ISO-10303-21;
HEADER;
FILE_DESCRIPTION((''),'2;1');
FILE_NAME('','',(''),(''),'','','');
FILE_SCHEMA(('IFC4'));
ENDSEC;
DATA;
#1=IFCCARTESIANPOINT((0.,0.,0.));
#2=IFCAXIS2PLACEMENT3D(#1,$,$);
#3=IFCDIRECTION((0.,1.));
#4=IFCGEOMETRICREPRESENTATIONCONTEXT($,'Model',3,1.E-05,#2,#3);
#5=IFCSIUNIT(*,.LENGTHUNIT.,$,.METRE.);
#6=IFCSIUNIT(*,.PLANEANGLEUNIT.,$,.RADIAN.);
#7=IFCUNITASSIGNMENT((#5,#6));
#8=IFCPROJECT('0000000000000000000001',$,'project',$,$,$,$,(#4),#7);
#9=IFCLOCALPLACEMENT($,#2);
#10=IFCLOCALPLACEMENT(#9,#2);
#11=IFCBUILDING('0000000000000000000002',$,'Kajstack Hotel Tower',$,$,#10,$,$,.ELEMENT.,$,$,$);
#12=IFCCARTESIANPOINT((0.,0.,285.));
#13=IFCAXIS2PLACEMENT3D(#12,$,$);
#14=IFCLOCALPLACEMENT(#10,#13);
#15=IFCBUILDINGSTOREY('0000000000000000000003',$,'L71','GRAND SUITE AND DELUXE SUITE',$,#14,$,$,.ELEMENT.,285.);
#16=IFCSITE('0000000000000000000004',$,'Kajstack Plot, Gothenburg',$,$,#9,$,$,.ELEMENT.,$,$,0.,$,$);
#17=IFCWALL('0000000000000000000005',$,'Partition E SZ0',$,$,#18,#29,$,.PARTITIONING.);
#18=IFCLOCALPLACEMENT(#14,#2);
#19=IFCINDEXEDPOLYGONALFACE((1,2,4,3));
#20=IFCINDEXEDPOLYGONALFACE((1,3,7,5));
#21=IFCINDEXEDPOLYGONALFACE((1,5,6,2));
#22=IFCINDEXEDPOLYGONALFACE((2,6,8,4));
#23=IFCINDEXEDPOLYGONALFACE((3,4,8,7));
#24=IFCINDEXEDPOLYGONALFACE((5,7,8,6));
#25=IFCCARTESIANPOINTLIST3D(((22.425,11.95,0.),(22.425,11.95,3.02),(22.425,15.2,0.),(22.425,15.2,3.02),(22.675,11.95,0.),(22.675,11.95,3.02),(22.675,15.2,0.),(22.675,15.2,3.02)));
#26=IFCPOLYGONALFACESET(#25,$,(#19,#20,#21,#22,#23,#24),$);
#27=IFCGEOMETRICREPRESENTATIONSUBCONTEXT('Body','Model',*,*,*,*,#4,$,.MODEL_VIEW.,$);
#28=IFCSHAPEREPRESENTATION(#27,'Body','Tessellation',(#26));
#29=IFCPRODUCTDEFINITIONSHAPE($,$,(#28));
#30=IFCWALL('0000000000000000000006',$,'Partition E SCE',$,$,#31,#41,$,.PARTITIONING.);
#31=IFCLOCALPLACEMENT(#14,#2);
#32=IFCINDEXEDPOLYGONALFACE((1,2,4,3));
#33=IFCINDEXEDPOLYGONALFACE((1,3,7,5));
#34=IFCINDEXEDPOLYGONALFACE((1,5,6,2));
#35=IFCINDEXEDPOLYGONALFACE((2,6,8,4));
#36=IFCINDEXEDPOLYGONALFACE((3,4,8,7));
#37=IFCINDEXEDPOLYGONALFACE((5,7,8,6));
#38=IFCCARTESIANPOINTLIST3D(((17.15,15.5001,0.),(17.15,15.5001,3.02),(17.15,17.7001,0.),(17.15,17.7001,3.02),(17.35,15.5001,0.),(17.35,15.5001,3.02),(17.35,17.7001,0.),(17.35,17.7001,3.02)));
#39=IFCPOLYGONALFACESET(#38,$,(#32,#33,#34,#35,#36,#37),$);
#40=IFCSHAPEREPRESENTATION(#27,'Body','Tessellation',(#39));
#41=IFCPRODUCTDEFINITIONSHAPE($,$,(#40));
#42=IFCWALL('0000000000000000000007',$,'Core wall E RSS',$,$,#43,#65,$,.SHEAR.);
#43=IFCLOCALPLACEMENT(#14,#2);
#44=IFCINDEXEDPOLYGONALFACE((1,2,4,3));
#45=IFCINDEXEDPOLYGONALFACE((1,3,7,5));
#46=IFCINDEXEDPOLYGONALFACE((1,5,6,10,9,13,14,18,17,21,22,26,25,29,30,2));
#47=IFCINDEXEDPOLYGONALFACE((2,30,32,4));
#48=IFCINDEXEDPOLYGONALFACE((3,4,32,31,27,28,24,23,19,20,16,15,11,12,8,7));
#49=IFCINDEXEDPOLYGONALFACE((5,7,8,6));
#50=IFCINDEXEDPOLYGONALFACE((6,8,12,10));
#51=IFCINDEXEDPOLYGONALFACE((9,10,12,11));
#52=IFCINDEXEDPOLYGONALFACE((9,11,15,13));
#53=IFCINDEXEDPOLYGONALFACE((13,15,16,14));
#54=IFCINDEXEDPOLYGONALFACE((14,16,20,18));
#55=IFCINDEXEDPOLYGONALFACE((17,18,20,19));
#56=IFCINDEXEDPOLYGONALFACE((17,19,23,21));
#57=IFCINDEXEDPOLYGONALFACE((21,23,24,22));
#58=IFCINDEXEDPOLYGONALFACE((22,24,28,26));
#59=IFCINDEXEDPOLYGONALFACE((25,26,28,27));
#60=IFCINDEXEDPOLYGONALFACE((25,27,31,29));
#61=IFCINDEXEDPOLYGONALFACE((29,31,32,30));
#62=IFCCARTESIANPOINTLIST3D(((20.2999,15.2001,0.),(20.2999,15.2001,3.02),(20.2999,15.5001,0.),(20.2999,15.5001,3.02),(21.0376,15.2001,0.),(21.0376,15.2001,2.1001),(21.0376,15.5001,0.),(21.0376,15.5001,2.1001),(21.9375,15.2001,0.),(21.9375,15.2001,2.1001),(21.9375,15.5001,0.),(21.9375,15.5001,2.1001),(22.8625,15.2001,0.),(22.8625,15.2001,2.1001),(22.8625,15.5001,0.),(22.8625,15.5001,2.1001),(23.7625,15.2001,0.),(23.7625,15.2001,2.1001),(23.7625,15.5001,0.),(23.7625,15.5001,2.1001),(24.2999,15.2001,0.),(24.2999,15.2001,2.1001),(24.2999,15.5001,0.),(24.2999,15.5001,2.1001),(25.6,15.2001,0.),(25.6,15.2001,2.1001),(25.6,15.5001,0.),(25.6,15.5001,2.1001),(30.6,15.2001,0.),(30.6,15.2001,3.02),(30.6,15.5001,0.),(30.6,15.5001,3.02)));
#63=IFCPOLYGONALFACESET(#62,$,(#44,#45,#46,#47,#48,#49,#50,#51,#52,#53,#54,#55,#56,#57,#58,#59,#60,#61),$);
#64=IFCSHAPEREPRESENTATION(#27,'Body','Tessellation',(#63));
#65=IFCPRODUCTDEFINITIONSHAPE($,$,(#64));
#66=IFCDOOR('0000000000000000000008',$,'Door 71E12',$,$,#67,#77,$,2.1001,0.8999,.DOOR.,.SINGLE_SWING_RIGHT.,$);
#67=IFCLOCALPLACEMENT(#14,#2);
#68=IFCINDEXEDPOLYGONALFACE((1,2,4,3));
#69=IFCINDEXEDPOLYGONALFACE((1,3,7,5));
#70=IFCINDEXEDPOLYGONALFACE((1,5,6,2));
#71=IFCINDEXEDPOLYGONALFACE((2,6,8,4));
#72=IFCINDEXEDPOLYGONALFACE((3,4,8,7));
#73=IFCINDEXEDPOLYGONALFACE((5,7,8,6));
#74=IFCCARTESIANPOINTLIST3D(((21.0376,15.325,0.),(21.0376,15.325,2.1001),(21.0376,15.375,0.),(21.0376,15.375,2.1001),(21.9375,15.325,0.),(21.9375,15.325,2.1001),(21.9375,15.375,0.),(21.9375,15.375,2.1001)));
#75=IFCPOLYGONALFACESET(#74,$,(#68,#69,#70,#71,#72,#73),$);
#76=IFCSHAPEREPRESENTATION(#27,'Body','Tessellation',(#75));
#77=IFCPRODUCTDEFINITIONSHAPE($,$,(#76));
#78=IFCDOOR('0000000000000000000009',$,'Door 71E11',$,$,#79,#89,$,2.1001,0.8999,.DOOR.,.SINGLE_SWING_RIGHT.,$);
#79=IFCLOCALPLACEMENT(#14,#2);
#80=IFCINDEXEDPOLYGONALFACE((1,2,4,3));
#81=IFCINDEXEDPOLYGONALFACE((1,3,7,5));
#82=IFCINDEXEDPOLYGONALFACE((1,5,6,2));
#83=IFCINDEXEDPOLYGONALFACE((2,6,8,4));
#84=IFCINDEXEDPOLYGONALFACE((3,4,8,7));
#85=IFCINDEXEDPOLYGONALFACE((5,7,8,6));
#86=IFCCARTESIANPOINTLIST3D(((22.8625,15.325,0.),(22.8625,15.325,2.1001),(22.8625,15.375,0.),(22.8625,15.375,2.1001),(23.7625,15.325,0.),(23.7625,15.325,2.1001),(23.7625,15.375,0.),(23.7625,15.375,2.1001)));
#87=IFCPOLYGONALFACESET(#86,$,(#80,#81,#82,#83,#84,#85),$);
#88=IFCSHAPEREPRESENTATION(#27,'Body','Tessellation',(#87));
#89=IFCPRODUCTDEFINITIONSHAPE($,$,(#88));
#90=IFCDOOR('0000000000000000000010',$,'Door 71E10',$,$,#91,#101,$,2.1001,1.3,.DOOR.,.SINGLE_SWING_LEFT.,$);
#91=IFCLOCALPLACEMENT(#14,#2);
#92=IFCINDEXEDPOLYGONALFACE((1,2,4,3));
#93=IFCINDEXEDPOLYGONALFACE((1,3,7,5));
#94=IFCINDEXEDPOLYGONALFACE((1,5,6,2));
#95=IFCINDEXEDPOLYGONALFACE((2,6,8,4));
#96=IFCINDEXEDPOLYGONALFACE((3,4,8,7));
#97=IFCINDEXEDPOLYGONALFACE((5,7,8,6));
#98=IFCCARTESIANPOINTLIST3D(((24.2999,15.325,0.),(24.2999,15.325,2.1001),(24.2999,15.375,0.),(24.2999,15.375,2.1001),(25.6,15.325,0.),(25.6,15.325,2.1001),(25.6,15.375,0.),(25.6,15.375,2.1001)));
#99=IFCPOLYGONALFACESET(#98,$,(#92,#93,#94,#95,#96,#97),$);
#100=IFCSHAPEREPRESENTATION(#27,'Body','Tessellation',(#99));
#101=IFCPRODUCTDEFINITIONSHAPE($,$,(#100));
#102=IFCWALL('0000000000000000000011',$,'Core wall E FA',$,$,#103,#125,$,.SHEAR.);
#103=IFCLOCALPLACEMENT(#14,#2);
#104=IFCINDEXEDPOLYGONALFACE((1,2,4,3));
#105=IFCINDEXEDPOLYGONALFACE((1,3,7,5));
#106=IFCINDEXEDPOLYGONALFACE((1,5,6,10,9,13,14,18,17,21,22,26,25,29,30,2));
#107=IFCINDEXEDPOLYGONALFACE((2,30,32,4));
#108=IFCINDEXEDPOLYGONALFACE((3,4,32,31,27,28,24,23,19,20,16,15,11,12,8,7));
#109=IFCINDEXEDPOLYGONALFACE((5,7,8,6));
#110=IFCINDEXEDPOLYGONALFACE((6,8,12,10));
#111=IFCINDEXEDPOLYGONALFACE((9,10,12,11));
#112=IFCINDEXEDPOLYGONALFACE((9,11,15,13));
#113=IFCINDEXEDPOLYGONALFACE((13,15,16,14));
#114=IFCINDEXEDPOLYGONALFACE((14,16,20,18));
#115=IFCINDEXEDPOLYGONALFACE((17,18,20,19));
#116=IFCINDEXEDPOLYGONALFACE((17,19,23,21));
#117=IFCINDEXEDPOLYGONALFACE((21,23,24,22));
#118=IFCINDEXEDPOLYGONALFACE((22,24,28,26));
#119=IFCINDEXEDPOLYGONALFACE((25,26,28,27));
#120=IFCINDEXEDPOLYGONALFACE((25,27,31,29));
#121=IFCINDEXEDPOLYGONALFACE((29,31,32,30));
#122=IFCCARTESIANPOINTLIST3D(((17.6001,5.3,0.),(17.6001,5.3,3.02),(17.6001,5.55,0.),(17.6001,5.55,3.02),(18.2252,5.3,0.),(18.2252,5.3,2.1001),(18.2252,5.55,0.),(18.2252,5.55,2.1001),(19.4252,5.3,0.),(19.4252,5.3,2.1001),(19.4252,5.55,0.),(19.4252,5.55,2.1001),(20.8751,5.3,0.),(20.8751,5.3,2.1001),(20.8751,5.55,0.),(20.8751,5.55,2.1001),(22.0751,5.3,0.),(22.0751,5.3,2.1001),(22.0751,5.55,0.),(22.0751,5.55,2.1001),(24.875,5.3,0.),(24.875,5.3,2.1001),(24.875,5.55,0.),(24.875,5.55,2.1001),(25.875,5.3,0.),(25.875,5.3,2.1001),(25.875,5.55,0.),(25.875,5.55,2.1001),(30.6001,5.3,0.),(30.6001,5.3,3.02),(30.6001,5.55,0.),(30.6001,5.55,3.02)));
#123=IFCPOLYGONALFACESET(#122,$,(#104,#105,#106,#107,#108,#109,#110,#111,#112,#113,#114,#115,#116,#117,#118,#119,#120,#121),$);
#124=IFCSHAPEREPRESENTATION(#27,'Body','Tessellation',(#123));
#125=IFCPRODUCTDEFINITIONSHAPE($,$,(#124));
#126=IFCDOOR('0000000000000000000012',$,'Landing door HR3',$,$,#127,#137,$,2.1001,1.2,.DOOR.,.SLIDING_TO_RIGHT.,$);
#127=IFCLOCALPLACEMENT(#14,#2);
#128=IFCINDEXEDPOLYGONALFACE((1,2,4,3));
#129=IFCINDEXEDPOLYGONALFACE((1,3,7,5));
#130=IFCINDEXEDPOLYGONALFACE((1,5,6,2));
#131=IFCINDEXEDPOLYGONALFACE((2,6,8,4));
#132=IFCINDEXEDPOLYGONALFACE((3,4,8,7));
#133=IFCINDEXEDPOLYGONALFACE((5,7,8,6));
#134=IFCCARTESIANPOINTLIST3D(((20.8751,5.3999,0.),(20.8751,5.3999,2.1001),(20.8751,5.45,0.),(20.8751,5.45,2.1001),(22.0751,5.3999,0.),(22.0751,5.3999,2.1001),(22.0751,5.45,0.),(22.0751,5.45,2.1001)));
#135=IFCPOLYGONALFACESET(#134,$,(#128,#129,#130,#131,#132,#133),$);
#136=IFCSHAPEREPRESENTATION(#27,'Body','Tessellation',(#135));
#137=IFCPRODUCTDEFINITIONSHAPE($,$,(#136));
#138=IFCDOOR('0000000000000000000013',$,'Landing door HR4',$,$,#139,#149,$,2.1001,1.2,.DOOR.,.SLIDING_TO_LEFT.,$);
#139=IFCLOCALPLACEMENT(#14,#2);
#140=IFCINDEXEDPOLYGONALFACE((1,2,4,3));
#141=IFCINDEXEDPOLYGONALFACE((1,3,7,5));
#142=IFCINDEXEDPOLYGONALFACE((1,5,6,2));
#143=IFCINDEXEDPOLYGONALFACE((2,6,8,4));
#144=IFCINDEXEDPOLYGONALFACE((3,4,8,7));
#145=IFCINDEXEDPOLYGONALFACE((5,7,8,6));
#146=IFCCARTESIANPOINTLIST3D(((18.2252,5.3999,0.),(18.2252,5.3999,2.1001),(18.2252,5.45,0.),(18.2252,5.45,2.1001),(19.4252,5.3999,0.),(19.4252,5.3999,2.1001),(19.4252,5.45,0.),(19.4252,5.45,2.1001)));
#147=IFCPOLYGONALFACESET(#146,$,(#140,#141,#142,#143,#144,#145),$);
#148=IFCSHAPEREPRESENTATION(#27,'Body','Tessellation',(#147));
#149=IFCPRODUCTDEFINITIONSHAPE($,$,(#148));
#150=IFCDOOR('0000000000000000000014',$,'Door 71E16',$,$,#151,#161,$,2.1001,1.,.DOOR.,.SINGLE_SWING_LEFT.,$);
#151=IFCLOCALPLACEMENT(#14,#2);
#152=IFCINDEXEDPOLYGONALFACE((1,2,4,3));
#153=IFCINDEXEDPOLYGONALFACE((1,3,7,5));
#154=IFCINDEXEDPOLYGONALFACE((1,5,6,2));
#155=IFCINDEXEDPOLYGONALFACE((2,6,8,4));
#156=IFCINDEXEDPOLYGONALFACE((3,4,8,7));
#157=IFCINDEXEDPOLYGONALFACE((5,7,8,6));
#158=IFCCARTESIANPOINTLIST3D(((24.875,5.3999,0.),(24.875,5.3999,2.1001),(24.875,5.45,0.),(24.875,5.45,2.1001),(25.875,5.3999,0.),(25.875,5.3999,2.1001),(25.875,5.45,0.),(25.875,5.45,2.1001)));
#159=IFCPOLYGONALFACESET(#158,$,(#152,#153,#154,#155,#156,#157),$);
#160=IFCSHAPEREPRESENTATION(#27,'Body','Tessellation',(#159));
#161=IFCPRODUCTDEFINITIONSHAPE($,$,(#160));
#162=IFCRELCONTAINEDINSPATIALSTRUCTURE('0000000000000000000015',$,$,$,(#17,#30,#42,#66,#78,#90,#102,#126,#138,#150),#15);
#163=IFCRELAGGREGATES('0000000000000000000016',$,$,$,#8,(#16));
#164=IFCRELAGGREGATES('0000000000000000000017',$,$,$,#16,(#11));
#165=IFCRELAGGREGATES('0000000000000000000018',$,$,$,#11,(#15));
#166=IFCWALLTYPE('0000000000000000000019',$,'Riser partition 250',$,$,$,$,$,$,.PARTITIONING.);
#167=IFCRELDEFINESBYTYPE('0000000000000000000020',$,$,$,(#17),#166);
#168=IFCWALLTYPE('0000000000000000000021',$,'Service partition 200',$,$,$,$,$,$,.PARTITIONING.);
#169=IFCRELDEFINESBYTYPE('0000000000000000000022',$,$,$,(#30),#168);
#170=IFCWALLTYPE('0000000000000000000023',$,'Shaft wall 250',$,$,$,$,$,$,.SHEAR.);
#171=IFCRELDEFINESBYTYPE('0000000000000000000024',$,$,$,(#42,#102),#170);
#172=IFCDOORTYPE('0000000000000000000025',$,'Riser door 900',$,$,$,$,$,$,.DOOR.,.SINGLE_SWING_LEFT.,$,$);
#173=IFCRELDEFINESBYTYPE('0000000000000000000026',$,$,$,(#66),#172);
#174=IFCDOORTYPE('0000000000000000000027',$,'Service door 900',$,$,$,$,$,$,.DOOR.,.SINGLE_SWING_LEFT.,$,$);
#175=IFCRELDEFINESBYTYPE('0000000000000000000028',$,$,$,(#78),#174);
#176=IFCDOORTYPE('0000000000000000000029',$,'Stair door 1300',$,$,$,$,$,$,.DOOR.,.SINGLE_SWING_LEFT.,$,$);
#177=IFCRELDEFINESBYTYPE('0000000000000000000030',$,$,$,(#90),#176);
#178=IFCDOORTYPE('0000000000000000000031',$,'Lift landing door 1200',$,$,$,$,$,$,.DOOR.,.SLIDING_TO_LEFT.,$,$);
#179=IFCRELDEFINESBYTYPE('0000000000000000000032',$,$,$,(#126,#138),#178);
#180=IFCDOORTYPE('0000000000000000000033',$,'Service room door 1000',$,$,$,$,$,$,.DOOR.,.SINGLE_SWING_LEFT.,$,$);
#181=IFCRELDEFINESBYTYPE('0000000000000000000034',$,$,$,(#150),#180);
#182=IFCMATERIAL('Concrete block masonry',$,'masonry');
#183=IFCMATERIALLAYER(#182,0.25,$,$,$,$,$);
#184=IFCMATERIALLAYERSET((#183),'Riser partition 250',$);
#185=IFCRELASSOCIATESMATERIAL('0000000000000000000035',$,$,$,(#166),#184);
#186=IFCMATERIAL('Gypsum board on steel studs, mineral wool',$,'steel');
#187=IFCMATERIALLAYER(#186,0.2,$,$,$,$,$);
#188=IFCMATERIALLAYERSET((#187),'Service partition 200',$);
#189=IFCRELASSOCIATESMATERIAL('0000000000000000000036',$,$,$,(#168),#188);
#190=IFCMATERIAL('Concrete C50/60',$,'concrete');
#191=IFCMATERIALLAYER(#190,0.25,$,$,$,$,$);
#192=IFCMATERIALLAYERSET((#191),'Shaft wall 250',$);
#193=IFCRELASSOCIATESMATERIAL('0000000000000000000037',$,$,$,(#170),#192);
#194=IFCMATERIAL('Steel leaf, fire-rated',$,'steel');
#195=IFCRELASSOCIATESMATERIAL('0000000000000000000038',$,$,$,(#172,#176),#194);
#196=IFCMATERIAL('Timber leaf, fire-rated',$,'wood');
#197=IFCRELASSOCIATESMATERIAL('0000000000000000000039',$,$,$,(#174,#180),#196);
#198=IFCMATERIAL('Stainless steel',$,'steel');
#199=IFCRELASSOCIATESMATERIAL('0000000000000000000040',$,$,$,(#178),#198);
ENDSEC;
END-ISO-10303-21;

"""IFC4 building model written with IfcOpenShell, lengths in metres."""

from ifc_helpers import new_model, si_unit, direction, frame, frame_2d, origin, place, context, subcontext, project, spatial, rectangle, extrude, material, layer, layer_set, type_object, element, fill, save


model = new_model("IFC4")

# Units and contexts
model_context = context("Model", 3, precision=1e-05, world=origin(), true_north=direction((0.0, 1.0)))
body_context = subcontext(model_context, "Body", "Model", "MODEL_VIEW")
ifc_project = project(units=[si_unit("LENGTHUNIT", "METRE"), si_unit("PLANEANGLEUNIT", "RADIAN")], contexts=[model_context])

# Site, building, storey
site_placement = place(None, origin())
site = spatial("IfcSite", under=ifc_project, at=site_placement, Name="Kajstack Plot, Gothenburg", CompositionType="ELEMENT", RefElevation=0.0)
building_placement = place(site_placement, origin())
building = spatial("IfcBuilding", under=site, at=building_placement, Name="Kajstack Hotel Tower", CompositionType="ELEMENT")
storey_placement = place(building_placement, frame((0.0, 0.0, 285.0)))
storey = spatial("IfcBuildingStorey", under=building, at=storey_placement, Name="L71", Description="GRAND SUITE AND DELUXE SUITE", CompositionType="ELEMENT", Elevation=285.0)

# Walls
ifc_material_1 = material(Name="Concrete block masonry", Category="masonry")
ifc_layer_1 = layer(ifc_material_1, 0.25)
ifc_layer_set_1 = layer_set([ifc_layer_1], Name="Riser partition 250")
wall_type_1 = type_object("IfcWallType", Name="Riser partition 250", PredefinedType="PARTITIONING", material=ifc_layer_set_1)
wall_1_placement = place(storey_placement, frame((22.55, 11.95, 0.0), z_axis=(0.0, 0.0, 1.0), x_axis=(0.0, 1.0, 0.0)))
element("IfcWall", 1, at=wall_1_placement, inside=storey, type_object=wall_type_1, Name="Partition E SZ0", PredefinedType="PARTITIONING", context=body_context, shape_type="SweptSolid", body=[
    extrude(rectangle(XDim=3.25, YDim=0.25, at=frame_2d((1.625, 0.0))), origin(), (0.0, 0.0, 1.0), 3.02),
])
ifc_material_2 = material(Name="Gypsum board on steel studs, mineral wool", Category="steel")
ifc_layer_2 = layer(ifc_material_2, 0.2)
ifc_layer_set_2 = layer_set([ifc_layer_2], Name="Service partition 200")
wall_type_2 = type_object("IfcWallType", Name="Service partition 200", PredefinedType="PARTITIONING", material=ifc_layer_set_2)
wall_2_placement = place(storey_placement, frame((17.25, 15.5, 0.0), z_axis=(0.0, 0.0, 1.0), x_axis=(0.0, 1.0, 0.0)))
element("IfcWall", 2, at=wall_2_placement, inside=storey, type_object=wall_type_2, Name="Partition E SCE", PredefinedType="PARTITIONING", context=body_context, shape_type="SweptSolid", body=[
    extrude(rectangle(XDim=2.2, YDim=0.2, at=frame_2d((1.1001, 0.0))), origin(), (0.0, 0.0, 1.0), 3.02),
])

# Walls, openings, doors
ifc_material_3 = material(Name="Concrete C50/60", Category="concrete")
ifc_layer_3 = layer(ifc_material_3, 0.25)
ifc_layer_set_3 = layer_set([ifc_layer_3], Name="Shaft wall 250")
wall_type_3 = type_object("IfcWallType", Name="Shaft wall 250", PredefinedType="SHEAR", material=ifc_layer_set_3)
wall_3_placement = place(storey_placement, frame((20.3, 15.3501, 0.0), z_axis=(0.0, 0.0, 1.0), x_axis=(1.0, 0.0, 0.0)))
wall_3 = element("IfcWall", 3, at=wall_3_placement, inside=storey, type_object=wall_type_3, Name="Core wall E RSS", PredefinedType="SHEAR", context=body_context, shape_type="SweptSolid", body=[
    extrude(rectangle(XDim=10.3, YDim=0.3, at=frame_2d((5.1499, 0.0))), origin(), (0.0, 0.0, 1.0), 3.02),
])
opening_1_placement = place(wall_3_placement, frame((4.0, 0.0, 0.0)))
opening_1 = element("IfcOpeningElement", 4, at=opening_1_placement, cuts=wall_3, PredefinedType="OPENING", context=body_context, shape_type="SweptSolid", body=[
    extrude(rectangle(XDim=1.3, YDim=2.1001, at=frame_2d((0.6499, 1.05))), frame((0.0, 0.1599, 0.0), z_axis=(0.0, -1.0, 0.0), x_axis=(1.0, 0.0, 0.0)), (0.0, 0.0, 1.0), 0.3201),
])
opening_2_placement = place(wall_3_placement, frame((2.5625, 0.0, 0.0)))
opening_2 = element("IfcOpeningElement", 5, at=opening_2_placement, cuts=wall_3, PredefinedType="OPENING", context=body_context, shape_type="SweptSolid", body=[
    extrude(rectangle(XDim=0.8999, YDim=2.1001, at=frame_2d((0.45, 1.05))), frame((0.0, 0.1599, 0.0), z_axis=(0.0, -1.0, 0.0), x_axis=(1.0, 0.0, 0.0)), (0.0, 0.0, 1.0), 0.3201),
])
opening_3_placement = place(wall_3_placement, frame((0.7375, 0.0, 0.0)))
opening_3 = element("IfcOpeningElement", 6, at=opening_3_placement, cuts=wall_3, PredefinedType="OPENING", context=body_context, shape_type="SweptSolid", body=[
    extrude(rectangle(XDim=0.8999, YDim=2.1001, at=frame_2d((0.45, 1.05))), frame((0.0, 0.1599, 0.0), z_axis=(0.0, -1.0, 0.0), x_axis=(1.0, 0.0, 0.0)), (0.0, 0.0, 1.0), 0.3201),
])
ifc_material_4 = material(Name="Steel leaf, fire-rated", Category="steel")
door_type_1 = type_object("IfcDoorType", Name="Riser door 900", OperationType="SINGLE_SWING_LEFT", PredefinedType="DOOR", material=ifc_material_4)
door_1_placement = place(opening_3_placement, origin())
door_1 = element("IfcDoor", 7, at=door_1_placement, inside=storey, type_object=door_type_1, Name="Door 71E12", OperationType="SINGLE_SWING_RIGHT", OverallHeight=2.1001, OverallWidth=0.8999, PredefinedType="DOOR", context=body_context, shape_type="SweptSolid", body=[
    extrude(rectangle(XDim=0.8999, YDim=2.1001, at=frame_2d((0.45, 1.05))), frame((0.0, 0.0249, 0.0), z_axis=(0.0, -1.0, 0.0), x_axis=(1.0, 0.0, 0.0)), (0.0, 0.0, 1.0), 0.05),
])
fill(opening_3, door_1)
ifc_material_5 = material(Name="Timber leaf, fire-rated", Category="wood")
door_type_2 = type_object("IfcDoorType", Name="Service door 900", OperationType="SINGLE_SWING_LEFT", PredefinedType="DOOR", material=ifc_material_5)
door_2_placement = place(opening_2_placement, origin())
door_2 = element("IfcDoor", 8, at=door_2_placement, inside=storey, type_object=door_type_2, Name="Door 71E11", OperationType="SINGLE_SWING_RIGHT", OverallHeight=2.1001, OverallWidth=0.8999, PredefinedType="DOOR", context=body_context, shape_type="SweptSolid", body=[
    extrude(rectangle(XDim=0.8999, YDim=2.1001, at=frame_2d((0.45, 1.05))), frame((0.0, 0.0249, 0.0), z_axis=(0.0, -1.0, 0.0), x_axis=(1.0, 0.0, 0.0)), (0.0, 0.0, 1.0), 0.05),
])
fill(opening_2, door_2)
door_type_3 = type_object("IfcDoorType", Name="Stair door 1300", OperationType="SINGLE_SWING_LEFT", PredefinedType="DOOR", material=ifc_material_4)
door_3_placement = place(opening_1_placement, origin())
door_3 = element("IfcDoor", 9, at=door_3_placement, inside=storey, type_object=door_type_3, Name="Door 71E10", OperationType="SINGLE_SWING_LEFT", OverallHeight=2.1001, OverallWidth=1.3, PredefinedType="DOOR", context=body_context, shape_type="SweptSolid", body=[
    extrude(rectangle(XDim=1.3, YDim=2.1001, at=frame_2d((0.6499, 1.05))), frame((0.0, 0.0249, 0.0), z_axis=(0.0, -1.0, 0.0), x_axis=(1.0, 0.0, 0.0)), (0.0, 0.0, 1.0), 0.05),
])
fill(opening_1, door_3)
wall_4_placement = place(storey_placement, frame((17.6001, 5.425, 0.0), z_axis=(0.0, 0.0, 1.0), x_axis=(1.0, 0.0, 0.0)))
wall_4 = element("IfcWall", 10, at=wall_4_placement, inside=storey, type_object=wall_type_3, Name="Core wall E FA", PredefinedType="SHEAR", context=body_context, shape_type="SweptSolid", body=[
    extrude(rectangle(XDim=13.0, YDim=0.25, at=frame_2d((6.5, 0.0))), origin(), (0.0, 0.0, 1.0), 3.02),
])
opening_4_placement = place(wall_4_placement, frame((3.2749, 0.0, 0.0)))
opening_4 = element("IfcOpeningElement", 11, at=opening_4_placement, cuts=wall_4, PredefinedType="OPENING", context=body_context, shape_type="SweptSolid", body=[
    extrude(rectangle(XDim=1.2, YDim=2.1001, at=frame_2d((0.6001, 1.05))), frame((0.0, 0.135, 0.0), z_axis=(0.0, -1.0, 0.0), x_axis=(1.0, 0.0, 0.0)), (0.0, 0.0, 1.0), 0.27),
])
opening_5_placement = place(wall_4_placement, frame((0.625, 0.0, 0.0)))
opening_5 = element("IfcOpeningElement", 12, at=opening_5_placement, cuts=wall_4, PredefinedType="OPENING", context=body_context, shape_type="SweptSolid", body=[
    extrude(rectangle(XDim=1.2, YDim=2.1001, at=frame_2d((0.6001, 1.05))), frame((0.0, 0.135, 0.0), z_axis=(0.0, -1.0, 0.0), x_axis=(1.0, 0.0, 0.0)), (0.0, 0.0, 1.0), 0.27),
])
opening_6_placement = place(wall_4_placement, frame((7.2749, 0.0, 0.0)))
opening_6 = element("IfcOpeningElement", 13, at=opening_6_placement, cuts=wall_4, PredefinedType="OPENING", context=body_context, shape_type="SweptSolid", body=[
    extrude(rectangle(XDim=1.0, YDim=2.1001, at=frame_2d((0.5, 1.05))), frame((0.0, 0.135, 0.0), z_axis=(0.0, -1.0, 0.0), x_axis=(1.0, 0.0, 0.0)), (0.0, 0.0, 1.0), 0.27),
])
ifc_material_6 = material(Name="Stainless steel", Category="steel")
door_type_4 = type_object("IfcDoorType", Name="Lift landing door 1200", OperationType="SLIDING_TO_LEFT", PredefinedType="DOOR", material=ifc_material_6)
door_4_placement = place(opening_4_placement, origin())
door_4 = element("IfcDoor", 14, at=door_4_placement, inside=storey, type_object=door_type_4, Name="Landing door HR3", OperationType="SLIDING_TO_RIGHT", OverallHeight=2.1001, OverallWidth=1.2, PredefinedType="DOOR", context=body_context, shape_type="SweptSolid", body=[
    extrude(rectangle(XDim=1.2, YDim=2.1001, at=frame_2d((0.6001, 1.05))), frame((0.0, 0.0249, 0.0), z_axis=(0.0, -1.0, 0.0), x_axis=(1.0, 0.0, 0.0)), (0.0, 0.0, 1.0), 0.05),
])
fill(opening_4, door_4)
door_5_placement = place(opening_5_placement, origin())
door_5 = element("IfcDoor", 15, at=door_5_placement, inside=storey, type_object=door_type_4, Name="Landing door HR4", OperationType="SLIDING_TO_LEFT", OverallHeight=2.1001, OverallWidth=1.2, PredefinedType="DOOR", context=body_context, shape_type="SweptSolid", body=[
    extrude(rectangle(XDim=1.2, YDim=2.1001, at=frame_2d((0.6001, 1.05))), frame((0.0, 0.0249, 0.0), z_axis=(0.0, -1.0, 0.0), x_axis=(1.0, 0.0, 0.0)), (0.0, 0.0, 1.0), 0.05),
])
fill(opening_5, door_5)
door_type_5 = type_object("IfcDoorType", Name="Service room door 1000", OperationType="SINGLE_SWING_LEFT", PredefinedType="DOOR", material=ifc_material_5)
door_6_placement = place(opening_6_placement, origin())
door_6 = element("IfcDoor", 16, at=door_6_placement, inside=storey, type_object=door_type_5, Name="Door 71E16", OperationType="SINGLE_SWING_LEFT", OverallHeight=2.1001, OverallWidth=1.0, PredefinedType="DOOR", context=body_context, shape_type="SweptSolid", body=[
    extrude(rectangle(XDim=1.0, YDim=2.1001, at=frame_2d((0.5, 1.05))), frame((0.0, 0.0249, 0.0), z_axis=(0.0, -1.0, 0.0), x_axis=(1.0, 0.0, 0.0)), (0.0, 0.0, 1.0), 0.05),
])
fill(opening_6, door_6)

save(model, "model.ifc")
